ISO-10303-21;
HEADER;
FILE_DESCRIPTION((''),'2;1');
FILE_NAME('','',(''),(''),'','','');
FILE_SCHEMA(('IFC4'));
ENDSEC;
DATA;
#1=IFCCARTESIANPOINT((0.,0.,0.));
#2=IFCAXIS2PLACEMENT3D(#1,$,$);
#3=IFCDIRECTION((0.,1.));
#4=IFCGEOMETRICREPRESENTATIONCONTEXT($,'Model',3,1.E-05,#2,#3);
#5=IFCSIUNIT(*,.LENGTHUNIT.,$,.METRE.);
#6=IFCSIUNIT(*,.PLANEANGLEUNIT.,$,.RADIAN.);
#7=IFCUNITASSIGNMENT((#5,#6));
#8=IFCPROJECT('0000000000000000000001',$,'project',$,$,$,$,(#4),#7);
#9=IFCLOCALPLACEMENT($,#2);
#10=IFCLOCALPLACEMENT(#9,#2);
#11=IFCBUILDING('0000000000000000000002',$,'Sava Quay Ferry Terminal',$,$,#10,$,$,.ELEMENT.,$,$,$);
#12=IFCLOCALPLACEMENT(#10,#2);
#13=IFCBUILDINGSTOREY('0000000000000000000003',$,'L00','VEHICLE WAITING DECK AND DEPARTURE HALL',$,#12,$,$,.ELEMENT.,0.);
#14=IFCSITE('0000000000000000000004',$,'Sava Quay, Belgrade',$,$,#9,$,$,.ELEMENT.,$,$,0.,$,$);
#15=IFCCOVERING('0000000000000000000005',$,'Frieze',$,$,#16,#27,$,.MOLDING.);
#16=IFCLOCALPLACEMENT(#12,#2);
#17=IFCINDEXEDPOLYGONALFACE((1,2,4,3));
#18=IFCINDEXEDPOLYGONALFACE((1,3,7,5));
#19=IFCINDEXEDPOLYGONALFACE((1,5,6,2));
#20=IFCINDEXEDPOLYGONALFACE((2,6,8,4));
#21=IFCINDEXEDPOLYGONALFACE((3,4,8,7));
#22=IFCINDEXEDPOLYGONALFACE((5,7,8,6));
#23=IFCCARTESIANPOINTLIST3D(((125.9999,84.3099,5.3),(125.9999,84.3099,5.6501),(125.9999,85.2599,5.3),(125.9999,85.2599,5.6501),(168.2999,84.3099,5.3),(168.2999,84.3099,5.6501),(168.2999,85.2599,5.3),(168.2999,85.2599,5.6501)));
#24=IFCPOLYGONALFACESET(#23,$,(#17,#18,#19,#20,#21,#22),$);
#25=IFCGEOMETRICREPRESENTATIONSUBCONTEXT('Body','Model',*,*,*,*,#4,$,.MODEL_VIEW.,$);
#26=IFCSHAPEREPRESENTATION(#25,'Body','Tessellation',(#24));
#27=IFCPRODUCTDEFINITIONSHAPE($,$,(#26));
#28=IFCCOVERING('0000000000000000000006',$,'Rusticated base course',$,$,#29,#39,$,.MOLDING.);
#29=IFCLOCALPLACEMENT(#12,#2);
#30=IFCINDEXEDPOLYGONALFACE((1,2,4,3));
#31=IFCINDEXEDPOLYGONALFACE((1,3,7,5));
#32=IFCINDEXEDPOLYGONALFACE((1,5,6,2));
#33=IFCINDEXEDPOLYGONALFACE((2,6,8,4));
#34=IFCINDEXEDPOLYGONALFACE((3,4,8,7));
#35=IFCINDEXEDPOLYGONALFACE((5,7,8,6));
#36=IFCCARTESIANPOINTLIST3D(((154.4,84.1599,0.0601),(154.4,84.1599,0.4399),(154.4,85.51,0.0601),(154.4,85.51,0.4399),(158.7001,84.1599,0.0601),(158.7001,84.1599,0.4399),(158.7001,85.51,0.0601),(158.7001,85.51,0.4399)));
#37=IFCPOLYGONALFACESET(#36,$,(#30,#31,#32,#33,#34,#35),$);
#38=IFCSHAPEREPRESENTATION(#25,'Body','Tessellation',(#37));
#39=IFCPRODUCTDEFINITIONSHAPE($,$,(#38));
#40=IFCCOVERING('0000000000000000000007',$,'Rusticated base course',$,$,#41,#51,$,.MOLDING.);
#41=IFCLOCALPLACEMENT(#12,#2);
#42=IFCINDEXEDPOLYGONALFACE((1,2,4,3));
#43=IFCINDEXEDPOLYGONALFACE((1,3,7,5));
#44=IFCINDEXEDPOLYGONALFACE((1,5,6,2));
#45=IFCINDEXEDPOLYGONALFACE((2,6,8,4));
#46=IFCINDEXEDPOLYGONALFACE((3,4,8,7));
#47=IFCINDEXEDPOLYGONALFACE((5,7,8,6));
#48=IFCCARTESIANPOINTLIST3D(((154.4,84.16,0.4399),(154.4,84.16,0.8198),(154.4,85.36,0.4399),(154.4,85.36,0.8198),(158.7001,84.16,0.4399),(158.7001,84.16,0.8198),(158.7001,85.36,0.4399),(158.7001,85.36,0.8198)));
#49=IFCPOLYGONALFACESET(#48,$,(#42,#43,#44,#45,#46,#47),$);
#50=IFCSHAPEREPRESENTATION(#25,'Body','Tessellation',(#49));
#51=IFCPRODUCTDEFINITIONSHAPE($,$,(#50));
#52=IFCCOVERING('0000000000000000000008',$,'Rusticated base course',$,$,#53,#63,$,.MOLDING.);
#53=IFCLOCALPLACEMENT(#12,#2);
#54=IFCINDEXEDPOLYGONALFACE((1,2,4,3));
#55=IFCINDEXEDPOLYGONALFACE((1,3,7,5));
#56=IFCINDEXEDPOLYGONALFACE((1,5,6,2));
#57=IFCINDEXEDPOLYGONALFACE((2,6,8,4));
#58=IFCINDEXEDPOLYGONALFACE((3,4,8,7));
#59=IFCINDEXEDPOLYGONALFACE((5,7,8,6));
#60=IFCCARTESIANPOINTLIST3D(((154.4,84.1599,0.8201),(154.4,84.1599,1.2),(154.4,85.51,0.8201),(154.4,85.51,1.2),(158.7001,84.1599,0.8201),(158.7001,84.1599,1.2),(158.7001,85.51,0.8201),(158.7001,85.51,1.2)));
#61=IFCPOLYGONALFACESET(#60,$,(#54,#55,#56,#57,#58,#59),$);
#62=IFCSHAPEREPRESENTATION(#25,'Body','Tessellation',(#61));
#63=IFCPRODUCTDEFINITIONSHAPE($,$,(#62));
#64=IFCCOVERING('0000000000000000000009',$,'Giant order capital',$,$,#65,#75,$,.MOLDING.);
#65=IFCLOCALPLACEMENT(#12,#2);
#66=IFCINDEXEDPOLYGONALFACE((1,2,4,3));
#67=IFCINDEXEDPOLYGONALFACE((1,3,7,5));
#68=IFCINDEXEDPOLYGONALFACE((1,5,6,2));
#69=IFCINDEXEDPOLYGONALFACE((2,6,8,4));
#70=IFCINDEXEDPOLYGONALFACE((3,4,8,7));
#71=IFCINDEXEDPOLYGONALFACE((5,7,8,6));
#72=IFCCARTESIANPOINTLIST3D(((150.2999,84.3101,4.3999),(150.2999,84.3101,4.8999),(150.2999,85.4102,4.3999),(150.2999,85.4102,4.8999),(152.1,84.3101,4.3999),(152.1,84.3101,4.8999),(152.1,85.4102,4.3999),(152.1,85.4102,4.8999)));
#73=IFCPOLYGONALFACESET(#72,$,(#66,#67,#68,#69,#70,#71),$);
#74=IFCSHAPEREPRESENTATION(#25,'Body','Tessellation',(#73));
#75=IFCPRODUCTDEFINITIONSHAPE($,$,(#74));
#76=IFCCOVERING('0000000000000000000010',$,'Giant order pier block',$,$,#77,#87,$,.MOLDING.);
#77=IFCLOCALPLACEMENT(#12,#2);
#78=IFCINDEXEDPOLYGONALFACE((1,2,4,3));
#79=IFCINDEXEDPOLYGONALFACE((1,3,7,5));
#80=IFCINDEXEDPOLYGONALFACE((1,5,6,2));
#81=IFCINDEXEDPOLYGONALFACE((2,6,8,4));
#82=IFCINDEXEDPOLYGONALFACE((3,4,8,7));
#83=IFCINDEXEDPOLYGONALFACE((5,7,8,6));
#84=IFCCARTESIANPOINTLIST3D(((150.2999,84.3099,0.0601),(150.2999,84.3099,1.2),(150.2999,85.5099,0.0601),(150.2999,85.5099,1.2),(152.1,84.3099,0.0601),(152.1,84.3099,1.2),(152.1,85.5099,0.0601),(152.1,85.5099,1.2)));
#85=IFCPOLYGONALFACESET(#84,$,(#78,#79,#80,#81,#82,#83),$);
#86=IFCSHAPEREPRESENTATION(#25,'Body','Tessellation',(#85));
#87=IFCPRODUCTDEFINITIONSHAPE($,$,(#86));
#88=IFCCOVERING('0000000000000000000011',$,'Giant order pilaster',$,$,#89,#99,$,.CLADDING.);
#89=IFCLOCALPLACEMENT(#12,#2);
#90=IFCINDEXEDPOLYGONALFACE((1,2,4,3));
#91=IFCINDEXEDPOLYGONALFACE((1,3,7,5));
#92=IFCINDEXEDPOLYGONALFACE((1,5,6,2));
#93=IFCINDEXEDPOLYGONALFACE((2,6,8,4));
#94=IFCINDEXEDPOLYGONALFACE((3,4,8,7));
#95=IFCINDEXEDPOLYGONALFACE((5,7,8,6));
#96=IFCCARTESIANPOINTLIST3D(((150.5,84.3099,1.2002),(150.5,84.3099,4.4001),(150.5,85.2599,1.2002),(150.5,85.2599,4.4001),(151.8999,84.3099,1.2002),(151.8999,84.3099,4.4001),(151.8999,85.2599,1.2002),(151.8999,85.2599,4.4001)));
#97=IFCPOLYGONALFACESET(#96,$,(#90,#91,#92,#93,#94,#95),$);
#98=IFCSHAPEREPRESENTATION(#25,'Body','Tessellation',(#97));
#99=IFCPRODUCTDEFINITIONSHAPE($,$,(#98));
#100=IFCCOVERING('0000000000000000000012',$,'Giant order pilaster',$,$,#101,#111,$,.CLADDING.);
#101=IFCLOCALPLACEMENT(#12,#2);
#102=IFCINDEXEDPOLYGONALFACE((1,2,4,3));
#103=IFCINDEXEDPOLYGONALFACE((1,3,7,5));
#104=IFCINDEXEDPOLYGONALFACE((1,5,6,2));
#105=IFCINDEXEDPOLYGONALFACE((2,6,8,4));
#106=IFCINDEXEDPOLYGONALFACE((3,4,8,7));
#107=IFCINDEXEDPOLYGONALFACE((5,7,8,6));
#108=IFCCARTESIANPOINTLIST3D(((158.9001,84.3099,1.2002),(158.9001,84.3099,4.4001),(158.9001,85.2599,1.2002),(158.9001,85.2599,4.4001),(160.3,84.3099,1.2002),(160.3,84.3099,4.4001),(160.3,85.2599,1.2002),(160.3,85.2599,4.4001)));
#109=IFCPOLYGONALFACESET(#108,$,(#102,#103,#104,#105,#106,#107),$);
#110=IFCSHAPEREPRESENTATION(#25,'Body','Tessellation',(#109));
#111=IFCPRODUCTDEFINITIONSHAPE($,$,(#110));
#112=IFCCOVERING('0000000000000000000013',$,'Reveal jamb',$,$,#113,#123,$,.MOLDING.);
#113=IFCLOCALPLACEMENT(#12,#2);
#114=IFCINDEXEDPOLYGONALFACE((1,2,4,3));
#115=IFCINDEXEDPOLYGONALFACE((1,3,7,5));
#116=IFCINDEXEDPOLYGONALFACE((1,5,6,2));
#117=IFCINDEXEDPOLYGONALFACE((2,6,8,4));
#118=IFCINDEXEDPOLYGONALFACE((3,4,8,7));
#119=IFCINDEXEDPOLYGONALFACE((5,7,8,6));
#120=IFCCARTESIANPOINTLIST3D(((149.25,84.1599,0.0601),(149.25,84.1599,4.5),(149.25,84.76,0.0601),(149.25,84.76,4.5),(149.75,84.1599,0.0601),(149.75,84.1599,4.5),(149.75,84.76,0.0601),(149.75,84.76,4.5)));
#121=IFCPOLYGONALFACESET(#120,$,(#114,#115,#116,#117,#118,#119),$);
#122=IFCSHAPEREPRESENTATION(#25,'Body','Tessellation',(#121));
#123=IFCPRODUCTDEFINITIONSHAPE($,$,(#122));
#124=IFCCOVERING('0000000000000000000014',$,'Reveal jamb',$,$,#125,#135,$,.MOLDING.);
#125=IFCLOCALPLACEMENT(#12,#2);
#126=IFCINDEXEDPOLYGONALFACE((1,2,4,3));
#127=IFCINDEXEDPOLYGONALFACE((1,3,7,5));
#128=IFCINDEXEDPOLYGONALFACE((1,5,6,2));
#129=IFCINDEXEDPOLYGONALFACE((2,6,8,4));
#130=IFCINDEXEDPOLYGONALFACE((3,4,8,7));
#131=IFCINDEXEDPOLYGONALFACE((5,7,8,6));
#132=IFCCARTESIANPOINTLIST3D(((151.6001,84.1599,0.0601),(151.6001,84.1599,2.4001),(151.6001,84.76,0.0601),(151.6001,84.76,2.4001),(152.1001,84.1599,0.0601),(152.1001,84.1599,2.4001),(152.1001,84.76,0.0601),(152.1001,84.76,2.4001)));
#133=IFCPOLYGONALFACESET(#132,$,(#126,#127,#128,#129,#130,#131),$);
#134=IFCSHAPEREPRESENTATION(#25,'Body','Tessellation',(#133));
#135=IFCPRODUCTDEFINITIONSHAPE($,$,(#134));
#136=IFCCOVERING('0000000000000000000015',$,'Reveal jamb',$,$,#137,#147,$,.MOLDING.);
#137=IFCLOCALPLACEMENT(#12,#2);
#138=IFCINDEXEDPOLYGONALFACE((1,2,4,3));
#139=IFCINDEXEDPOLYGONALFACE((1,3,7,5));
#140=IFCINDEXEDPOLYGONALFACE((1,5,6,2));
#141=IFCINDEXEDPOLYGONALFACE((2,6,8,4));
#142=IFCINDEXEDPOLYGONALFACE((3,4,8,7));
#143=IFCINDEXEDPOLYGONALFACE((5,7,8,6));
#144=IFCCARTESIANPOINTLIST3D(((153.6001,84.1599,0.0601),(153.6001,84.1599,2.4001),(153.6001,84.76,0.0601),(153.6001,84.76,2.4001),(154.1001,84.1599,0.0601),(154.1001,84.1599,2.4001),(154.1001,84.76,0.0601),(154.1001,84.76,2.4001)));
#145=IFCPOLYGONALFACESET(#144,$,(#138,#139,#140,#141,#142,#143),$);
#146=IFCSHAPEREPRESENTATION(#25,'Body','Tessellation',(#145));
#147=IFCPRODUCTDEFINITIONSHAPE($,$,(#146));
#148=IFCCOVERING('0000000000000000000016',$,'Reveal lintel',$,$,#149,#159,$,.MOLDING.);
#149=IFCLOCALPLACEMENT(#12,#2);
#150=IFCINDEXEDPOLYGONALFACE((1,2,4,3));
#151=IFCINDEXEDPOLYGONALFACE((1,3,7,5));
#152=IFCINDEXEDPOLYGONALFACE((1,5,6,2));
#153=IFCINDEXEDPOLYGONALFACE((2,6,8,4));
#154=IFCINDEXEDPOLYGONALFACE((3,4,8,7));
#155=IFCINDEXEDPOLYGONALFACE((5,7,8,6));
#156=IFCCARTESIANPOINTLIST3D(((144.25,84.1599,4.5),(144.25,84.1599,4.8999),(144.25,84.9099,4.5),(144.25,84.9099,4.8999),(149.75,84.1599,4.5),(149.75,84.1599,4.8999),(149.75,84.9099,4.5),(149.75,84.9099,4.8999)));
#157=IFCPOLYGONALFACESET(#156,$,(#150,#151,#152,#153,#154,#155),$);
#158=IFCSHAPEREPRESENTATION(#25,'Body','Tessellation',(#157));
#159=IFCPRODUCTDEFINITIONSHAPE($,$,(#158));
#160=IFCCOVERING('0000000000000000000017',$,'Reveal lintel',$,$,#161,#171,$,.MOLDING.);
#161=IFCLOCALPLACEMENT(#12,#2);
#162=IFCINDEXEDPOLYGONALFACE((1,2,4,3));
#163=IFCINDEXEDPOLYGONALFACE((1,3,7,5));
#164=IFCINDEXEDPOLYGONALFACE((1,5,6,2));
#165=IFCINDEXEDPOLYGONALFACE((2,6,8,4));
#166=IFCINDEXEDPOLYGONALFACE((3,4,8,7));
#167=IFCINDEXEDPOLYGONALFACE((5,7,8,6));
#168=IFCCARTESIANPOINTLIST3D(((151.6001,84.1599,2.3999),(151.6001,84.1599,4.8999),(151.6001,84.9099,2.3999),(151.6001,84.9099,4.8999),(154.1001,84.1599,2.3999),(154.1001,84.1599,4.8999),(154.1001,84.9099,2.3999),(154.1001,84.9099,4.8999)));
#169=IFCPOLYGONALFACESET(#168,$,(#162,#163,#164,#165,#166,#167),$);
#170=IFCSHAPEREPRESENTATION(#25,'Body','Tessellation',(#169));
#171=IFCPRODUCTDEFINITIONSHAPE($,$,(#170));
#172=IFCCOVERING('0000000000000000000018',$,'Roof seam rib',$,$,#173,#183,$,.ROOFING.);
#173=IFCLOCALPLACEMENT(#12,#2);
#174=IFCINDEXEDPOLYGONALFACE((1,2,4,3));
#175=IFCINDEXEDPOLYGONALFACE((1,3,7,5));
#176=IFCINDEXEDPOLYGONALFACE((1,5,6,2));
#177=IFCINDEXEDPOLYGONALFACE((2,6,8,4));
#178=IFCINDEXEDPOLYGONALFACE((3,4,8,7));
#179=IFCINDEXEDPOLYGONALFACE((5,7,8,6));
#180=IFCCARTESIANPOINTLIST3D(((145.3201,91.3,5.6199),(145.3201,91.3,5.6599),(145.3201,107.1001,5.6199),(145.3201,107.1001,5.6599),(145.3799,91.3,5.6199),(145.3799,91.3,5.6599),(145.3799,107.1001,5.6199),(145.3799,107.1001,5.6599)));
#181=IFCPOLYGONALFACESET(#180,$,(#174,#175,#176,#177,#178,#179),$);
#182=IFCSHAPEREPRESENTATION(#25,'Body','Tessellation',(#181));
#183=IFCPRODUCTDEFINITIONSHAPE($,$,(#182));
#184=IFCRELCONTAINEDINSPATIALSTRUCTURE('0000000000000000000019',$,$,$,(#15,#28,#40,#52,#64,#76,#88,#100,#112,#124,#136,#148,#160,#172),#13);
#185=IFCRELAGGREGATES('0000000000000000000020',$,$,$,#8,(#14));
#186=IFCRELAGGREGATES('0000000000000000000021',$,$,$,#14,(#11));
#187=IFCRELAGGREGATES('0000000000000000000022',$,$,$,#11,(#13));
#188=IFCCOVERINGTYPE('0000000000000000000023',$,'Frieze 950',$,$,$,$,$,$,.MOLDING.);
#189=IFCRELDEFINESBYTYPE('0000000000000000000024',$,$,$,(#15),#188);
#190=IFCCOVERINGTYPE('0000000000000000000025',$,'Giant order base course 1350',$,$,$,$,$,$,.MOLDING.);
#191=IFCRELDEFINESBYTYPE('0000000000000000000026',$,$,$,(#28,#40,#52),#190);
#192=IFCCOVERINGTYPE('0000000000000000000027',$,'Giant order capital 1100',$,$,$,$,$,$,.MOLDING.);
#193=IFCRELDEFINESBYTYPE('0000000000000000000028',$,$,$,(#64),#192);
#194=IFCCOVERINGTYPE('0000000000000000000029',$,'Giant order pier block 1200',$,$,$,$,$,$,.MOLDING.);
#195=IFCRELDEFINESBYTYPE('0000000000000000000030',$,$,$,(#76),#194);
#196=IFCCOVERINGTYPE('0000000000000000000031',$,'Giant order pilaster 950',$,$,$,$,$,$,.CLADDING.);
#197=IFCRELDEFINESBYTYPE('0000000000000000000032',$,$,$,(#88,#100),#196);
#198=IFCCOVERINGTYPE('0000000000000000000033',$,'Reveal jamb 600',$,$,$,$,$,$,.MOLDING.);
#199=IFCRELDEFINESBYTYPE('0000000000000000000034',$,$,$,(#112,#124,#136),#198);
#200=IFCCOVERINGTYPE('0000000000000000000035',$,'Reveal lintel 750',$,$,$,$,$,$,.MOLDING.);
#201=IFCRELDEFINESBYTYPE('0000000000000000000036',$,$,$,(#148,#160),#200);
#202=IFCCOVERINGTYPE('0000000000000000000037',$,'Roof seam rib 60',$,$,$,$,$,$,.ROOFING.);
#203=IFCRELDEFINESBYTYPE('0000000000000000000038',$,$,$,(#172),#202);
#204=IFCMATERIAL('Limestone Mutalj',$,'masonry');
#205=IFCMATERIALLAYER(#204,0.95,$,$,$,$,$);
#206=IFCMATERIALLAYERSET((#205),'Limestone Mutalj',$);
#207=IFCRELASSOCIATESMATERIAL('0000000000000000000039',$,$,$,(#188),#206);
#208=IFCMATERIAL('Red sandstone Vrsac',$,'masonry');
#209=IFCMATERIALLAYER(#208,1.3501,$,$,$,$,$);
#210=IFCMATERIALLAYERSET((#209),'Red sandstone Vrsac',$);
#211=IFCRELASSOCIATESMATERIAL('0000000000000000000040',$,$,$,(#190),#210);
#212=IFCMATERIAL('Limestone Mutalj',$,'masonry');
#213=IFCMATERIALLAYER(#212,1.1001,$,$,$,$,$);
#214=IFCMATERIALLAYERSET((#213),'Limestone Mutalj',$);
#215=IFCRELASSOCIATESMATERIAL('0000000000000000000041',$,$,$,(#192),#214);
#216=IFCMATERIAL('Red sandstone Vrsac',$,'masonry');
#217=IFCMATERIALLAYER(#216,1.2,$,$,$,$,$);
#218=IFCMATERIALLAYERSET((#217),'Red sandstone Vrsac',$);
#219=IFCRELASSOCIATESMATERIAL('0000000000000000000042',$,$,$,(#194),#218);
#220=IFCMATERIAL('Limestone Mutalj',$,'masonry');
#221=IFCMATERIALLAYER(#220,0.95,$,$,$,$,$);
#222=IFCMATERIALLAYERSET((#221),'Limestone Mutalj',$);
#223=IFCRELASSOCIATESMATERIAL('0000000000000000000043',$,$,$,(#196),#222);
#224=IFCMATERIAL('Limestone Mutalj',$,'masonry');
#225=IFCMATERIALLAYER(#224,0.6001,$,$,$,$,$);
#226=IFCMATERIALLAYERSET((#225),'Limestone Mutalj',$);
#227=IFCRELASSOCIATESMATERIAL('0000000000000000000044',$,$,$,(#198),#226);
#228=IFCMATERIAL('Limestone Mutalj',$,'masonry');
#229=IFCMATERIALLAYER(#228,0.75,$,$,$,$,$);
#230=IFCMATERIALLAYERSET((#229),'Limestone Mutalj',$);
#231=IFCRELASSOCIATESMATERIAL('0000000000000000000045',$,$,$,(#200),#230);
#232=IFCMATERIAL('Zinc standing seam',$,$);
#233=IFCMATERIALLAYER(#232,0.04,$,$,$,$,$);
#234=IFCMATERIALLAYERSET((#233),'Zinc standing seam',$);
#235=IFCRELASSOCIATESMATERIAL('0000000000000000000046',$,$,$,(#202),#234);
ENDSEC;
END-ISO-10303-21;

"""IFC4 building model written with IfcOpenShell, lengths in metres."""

from ifc_helpers import new_model, si_unit, direction, frame, origin, origin_2d, place, context, subcontext, project, spatial, polyline, rectangle, outline, extrude, material, layer, layer_set, type_object, element, save


model = new_model("IFC4")

# Units and contexts
model_context = context("Model", 3, precision=1e-05, world=origin(), true_north=direction((0.0, 1.0)))
body_context = subcontext(model_context, "Body", "Model", "MODEL_VIEW")
ifc_project = project(units=[si_unit("LENGTHUNIT", "METRE"), si_unit("PLANEANGLEUNIT", "RADIAN")], contexts=[model_context])

# Site, building, storey
site_placement = place(None, origin())
site = spatial("IfcSite", under=ifc_project, at=site_placement, Name="Sava Quay, Belgrade", CompositionType="ELEMENT", RefElevation=0.0)
building_placement = place(site_placement, origin())
building = spatial("IfcBuilding", under=site, at=building_placement, Name="Sava Quay Ferry Terminal", CompositionType="ELEMENT")
storey_placement = place(building_placement, origin())
storey = spatial("IfcBuildingStorey", under=building, at=storey_placement, Name="L00", Description="VEHICLE WAITING DECK AND DEPARTURE HALL", CompositionType="ELEMENT", Elevation=0.0)

# Coverings
ifc_material_1 = material(Name="Limestone Mutalj", Category="masonry")
ifc_layer_1 = layer(ifc_material_1, 0.95)
ifc_layer_set_1 = layer_set([ifc_layer_1], Name="Limestone Mutalj")
covering_type_1 = type_object("IfcCoveringType", Name="Frieze 950", PredefinedType="MOLDING", material=ifc_layer_set_1)
covering_1_placement = place(storey_placement, frame((147.1499, 84.7849, 5.3), z_axis=(0.0, 0.0, 1.0), x_axis=(1.0, 0.0, 0.0)))
element("IfcCovering", 1, at=covering_1_placement, inside=storey, type_object=covering_type_1, Name="Frieze", PredefinedType="MOLDING", context=body_context, shape_type="SweptSolid", body=[
    extrude(rectangle(XDim=42.3, YDim=0.95, at=origin_2d()), origin(), (0.0, 0.0, 1.0), 0.3501),
])
ifc_material_2 = material(Name="Red sandstone Vrsac", Category="masonry")
ifc_layer_2 = layer(ifc_material_2, 1.3501)
ifc_layer_set_2 = layer_set([ifc_layer_2], Name="Red sandstone Vrsac")
covering_type_2 = type_object("IfcCoveringType", Name="Giant order base course 1350", PredefinedType="MOLDING", material=ifc_layer_set_2)
covering_2_placement = place(storey_placement, frame((156.55, 84.835, 0.0601), z_axis=(0.0, 0.0, 1.0), x_axis=(1.0, 0.0, 0.0)))
element("IfcCovering", 2, at=covering_2_placement, inside=storey, type_object=covering_type_2, Name="Rusticated base course", PredefinedType="MOLDING", context=body_context, shape_type="SweptSolid", body=[
    extrude(rectangle(XDim=4.3, YDim=1.3501, at=origin_2d()), origin(), (0.0, 0.0, 1.0), 0.3799),
])
covering_3_placement = place(storey_placement, frame((156.55, 84.76, 0.4399), z_axis=(0.0, 0.0, 1.0), x_axis=(1.0, 0.0, 0.0)))
element("IfcCovering", 3, at=covering_3_placement, inside=storey, type_object=covering_type_2, Name="Rusticated base course", PredefinedType="MOLDING", context=body_context, shape_type="SweptSolid", body=[
    extrude(rectangle(XDim=4.3, YDim=1.2, at=origin_2d()), origin(), (0.0, 0.0, 1.0), 0.3799),
])
covering_4_placement = place(storey_placement, frame((156.55, 84.835, 0.8201), z_axis=(0.0, 0.0, 1.0), x_axis=(1.0, 0.0, 0.0)))
element("IfcCovering", 4, at=covering_4_placement, inside=storey, type_object=covering_type_2, Name="Rusticated base course", PredefinedType="MOLDING", context=body_context, shape_type="SweptSolid", body=[
    extrude(rectangle(XDim=4.3, YDim=1.3501, at=origin_2d()), origin(), (0.0, 0.0, 1.0), 0.3799),
])
ifc_material_3 = material(Name="Limestone Mutalj", Category="masonry")
ifc_layer_3 = layer(ifc_material_3, 1.1001)
ifc_layer_set_3 = layer_set([ifc_layer_3], Name="Limestone Mutalj")
covering_type_3 = type_object("IfcCoveringType", Name="Giant order capital 1100", PredefinedType="MOLDING", material=ifc_layer_set_3)
covering_5_placement = place(storey_placement, frame((151.2, 84.8601, 4.3999), z_axis=(0.0, 0.0, 1.0), x_axis=(1.0, 0.0, 0.0)))
element("IfcCovering", 5, at=covering_5_placement, inside=storey, type_object=covering_type_3, Name="Giant order capital", PredefinedType="MOLDING", context=body_context, shape_type="SweptSolid", body=[
    extrude(rectangle(XDim=1.8, YDim=1.1001, at=origin_2d()), origin(), (0.0, 0.0, 1.0), 0.5),
])
ifc_material_4 = material(Name="Red sandstone Vrsac", Category="masonry")
ifc_layer_4 = layer(ifc_material_4, 1.2)
ifc_layer_set_4 = layer_set([ifc_layer_4], Name="Red sandstone Vrsac")
covering_type_4 = type_object("IfcCoveringType", Name="Giant order pier block 1200", PredefinedType="MOLDING", material=ifc_layer_set_4)
covering_6_placement = place(storey_placement, frame((151.2, 84.9099, 0.0601), z_axis=(0.0, 0.0, 1.0), x_axis=(1.0, 0.0, 0.0)))
element("IfcCovering", 6, at=covering_6_placement, inside=storey, type_object=covering_type_4, Name="Giant order pier block", PredefinedType="MOLDING", context=body_context, shape_type="SweptSolid", body=[
    extrude(rectangle(XDim=1.8, YDim=1.2, at=origin_2d()), origin(), (0.0, 0.0, 1.0), 1.1399),
])
ifc_material_5 = material(Name="Limestone Mutalj", Category="masonry")
ifc_layer_5 = layer(ifc_material_5, 0.95)
ifc_layer_set_5 = layer_set([ifc_layer_5], Name="Limestone Mutalj")
covering_type_5 = type_object("IfcCoveringType", Name="Giant order pilaster 950", PredefinedType="CLADDING", material=ifc_layer_set_5)
for number, where, z_axis, x_axis, name in (
    (7, (151.2, 84.7849, 1.2002), (0.0, 0.0, 1.0), (1.0, 0.0, 0.0), "Giant order pilaster"),
    (8, (159.6001, 84.7849, 1.2002), (0.0, 0.0, 1.0), (1.0, 0.0, 0.0), "Giant order pilaster"),
):
    element("IfcCovering", number, at=place(storey_placement, frame(where, z_axis=z_axis, x_axis=x_axis)), inside=storey, type_object=covering_type_5, Name=name, PredefinedType="CLADDING", context=body_context, shape_type="SweptSolid", body=[
        extrude(rectangle(XDim=1.3999, YDim=0.95, at=origin_2d()), origin(), (0.0, 0.0, 1.0), 3.2),
    ])
ifc_material_6 = material(Name="Limestone Mutalj", Category="masonry")
ifc_layer_6 = layer(ifc_material_6, 0.6001)
ifc_layer_set_6 = layer_set([ifc_layer_6], Name="Limestone Mutalj")
covering_type_6 = type_object("IfcCoveringType", Name="Reveal jamb 600", PredefinedType="MOLDING", material=ifc_layer_set_6)
covering_7_placement = place(storey_placement, frame((149.5, 84.46, 0.0601), z_axis=(0.0, 0.0, 1.0), x_axis=(1.0, 0.0, 0.0)))
element("IfcCovering", 9, at=covering_7_placement, inside=storey, type_object=covering_type_6, Name="Reveal jamb", PredefinedType="MOLDING", context=body_context, shape_type="SweptSolid", body=[
    extrude(rectangle(XDim=0.5, YDim=0.6001, at=origin_2d()), origin(), (0.0, 0.0, 1.0), 4.4399),
])
for number, where, z_axis, x_axis, name in (
    (10, (151.8501, 84.46, 0.0601), (0.0, 0.0, 1.0), (1.0, 0.0, 0.0), "Reveal jamb"),
    (11, (153.8501, 84.46, 0.0601), (0.0, 0.0, 1.0), (1.0, 0.0, 0.0), "Reveal jamb"),
):
    element("IfcCovering", number, at=place(storey_placement, frame(where, z_axis=z_axis, x_axis=x_axis)), inside=storey, type_object=covering_type_6, Name=name, PredefinedType="MOLDING", context=body_context, shape_type="SweptSolid", body=[
        extrude(rectangle(XDim=0.5, YDim=0.6001, at=origin_2d()), origin(), (0.0, 0.0, 1.0), 2.3401),
    ])
ifc_material_7 = material(Name="Limestone Mutalj", Category="masonry")
ifc_layer_7 = layer(ifc_material_7, 0.75)
ifc_layer_set_7 = layer_set([ifc_layer_7], Name="Limestone Mutalj")
covering_type_7 = type_object("IfcCoveringType", Name="Reveal lintel 750", PredefinedType="MOLDING", material=ifc_layer_set_7)
covering_8_placement = place(storey_placement, frame((147.0, 84.5349, 4.5), z_axis=(0.0, 0.0, 1.0), x_axis=(1.0, 0.0, 0.0)))
element("IfcCovering", 12, at=covering_8_placement, inside=storey, type_object=covering_type_7, Name="Reveal lintel", PredefinedType="MOLDING", context=body_context, shape_type="SweptSolid", body=[
    extrude(rectangle(XDim=5.5, YDim=0.75, at=origin_2d()), origin(), (0.0, 0.0, 1.0), 0.3999),
])
covering_9_placement = place(storey_placement, frame((152.8501, 84.5349, 2.3999), z_axis=(0.0, 0.0, 1.0), x_axis=(1.0, 0.0, 0.0)))
element("IfcCovering", 13, at=covering_9_placement, inside=storey, type_object=covering_type_7, Name="Reveal lintel", PredefinedType="MOLDING", context=body_context, shape_type="SweptSolid", body=[
    extrude(rectangle(XDim=2.5, YDim=0.75, at=origin_2d()), origin(), (0.0, 0.0, 1.0), 2.5),
])
ifc_material_8 = material(Name="Zinc standing seam")
ifc_layer_8 = layer(ifc_material_8, 0.04)
ifc_layer_set_8 = layer_set([ifc_layer_8], Name="Zinc standing seam")
covering_type_8 = type_object("IfcCoveringType", Name="Roof seam rib 60", PredefinedType="ROOFING", material=ifc_layer_set_8)
for number, where, z_axis, x_axis, name in (
    (14, (145.3201, 91.3, 5.6599), (0.0, 0.0, 1.0), (0.0, 1.0, 0.0), "Roof seam rib"),
):
    element("IfcCovering", number, at=place(storey_placement, frame(where, z_axis=z_axis, x_axis=x_axis)), inside=storey, type_object=covering_type_8, Name=name, PredefinedType="ROOFING", context=body_context, shape_type="SweptSolid", body=[
        extrude(outline(polyline([(0.0, 0.0), (15.8, 0.0), (15.8, -0.0598), (0.0, -0.0598), (0.0, 0.0)])), origin(), (0.0, 0.0, -1.0), 0.04),
    ])

save(model, "model.ifc")
